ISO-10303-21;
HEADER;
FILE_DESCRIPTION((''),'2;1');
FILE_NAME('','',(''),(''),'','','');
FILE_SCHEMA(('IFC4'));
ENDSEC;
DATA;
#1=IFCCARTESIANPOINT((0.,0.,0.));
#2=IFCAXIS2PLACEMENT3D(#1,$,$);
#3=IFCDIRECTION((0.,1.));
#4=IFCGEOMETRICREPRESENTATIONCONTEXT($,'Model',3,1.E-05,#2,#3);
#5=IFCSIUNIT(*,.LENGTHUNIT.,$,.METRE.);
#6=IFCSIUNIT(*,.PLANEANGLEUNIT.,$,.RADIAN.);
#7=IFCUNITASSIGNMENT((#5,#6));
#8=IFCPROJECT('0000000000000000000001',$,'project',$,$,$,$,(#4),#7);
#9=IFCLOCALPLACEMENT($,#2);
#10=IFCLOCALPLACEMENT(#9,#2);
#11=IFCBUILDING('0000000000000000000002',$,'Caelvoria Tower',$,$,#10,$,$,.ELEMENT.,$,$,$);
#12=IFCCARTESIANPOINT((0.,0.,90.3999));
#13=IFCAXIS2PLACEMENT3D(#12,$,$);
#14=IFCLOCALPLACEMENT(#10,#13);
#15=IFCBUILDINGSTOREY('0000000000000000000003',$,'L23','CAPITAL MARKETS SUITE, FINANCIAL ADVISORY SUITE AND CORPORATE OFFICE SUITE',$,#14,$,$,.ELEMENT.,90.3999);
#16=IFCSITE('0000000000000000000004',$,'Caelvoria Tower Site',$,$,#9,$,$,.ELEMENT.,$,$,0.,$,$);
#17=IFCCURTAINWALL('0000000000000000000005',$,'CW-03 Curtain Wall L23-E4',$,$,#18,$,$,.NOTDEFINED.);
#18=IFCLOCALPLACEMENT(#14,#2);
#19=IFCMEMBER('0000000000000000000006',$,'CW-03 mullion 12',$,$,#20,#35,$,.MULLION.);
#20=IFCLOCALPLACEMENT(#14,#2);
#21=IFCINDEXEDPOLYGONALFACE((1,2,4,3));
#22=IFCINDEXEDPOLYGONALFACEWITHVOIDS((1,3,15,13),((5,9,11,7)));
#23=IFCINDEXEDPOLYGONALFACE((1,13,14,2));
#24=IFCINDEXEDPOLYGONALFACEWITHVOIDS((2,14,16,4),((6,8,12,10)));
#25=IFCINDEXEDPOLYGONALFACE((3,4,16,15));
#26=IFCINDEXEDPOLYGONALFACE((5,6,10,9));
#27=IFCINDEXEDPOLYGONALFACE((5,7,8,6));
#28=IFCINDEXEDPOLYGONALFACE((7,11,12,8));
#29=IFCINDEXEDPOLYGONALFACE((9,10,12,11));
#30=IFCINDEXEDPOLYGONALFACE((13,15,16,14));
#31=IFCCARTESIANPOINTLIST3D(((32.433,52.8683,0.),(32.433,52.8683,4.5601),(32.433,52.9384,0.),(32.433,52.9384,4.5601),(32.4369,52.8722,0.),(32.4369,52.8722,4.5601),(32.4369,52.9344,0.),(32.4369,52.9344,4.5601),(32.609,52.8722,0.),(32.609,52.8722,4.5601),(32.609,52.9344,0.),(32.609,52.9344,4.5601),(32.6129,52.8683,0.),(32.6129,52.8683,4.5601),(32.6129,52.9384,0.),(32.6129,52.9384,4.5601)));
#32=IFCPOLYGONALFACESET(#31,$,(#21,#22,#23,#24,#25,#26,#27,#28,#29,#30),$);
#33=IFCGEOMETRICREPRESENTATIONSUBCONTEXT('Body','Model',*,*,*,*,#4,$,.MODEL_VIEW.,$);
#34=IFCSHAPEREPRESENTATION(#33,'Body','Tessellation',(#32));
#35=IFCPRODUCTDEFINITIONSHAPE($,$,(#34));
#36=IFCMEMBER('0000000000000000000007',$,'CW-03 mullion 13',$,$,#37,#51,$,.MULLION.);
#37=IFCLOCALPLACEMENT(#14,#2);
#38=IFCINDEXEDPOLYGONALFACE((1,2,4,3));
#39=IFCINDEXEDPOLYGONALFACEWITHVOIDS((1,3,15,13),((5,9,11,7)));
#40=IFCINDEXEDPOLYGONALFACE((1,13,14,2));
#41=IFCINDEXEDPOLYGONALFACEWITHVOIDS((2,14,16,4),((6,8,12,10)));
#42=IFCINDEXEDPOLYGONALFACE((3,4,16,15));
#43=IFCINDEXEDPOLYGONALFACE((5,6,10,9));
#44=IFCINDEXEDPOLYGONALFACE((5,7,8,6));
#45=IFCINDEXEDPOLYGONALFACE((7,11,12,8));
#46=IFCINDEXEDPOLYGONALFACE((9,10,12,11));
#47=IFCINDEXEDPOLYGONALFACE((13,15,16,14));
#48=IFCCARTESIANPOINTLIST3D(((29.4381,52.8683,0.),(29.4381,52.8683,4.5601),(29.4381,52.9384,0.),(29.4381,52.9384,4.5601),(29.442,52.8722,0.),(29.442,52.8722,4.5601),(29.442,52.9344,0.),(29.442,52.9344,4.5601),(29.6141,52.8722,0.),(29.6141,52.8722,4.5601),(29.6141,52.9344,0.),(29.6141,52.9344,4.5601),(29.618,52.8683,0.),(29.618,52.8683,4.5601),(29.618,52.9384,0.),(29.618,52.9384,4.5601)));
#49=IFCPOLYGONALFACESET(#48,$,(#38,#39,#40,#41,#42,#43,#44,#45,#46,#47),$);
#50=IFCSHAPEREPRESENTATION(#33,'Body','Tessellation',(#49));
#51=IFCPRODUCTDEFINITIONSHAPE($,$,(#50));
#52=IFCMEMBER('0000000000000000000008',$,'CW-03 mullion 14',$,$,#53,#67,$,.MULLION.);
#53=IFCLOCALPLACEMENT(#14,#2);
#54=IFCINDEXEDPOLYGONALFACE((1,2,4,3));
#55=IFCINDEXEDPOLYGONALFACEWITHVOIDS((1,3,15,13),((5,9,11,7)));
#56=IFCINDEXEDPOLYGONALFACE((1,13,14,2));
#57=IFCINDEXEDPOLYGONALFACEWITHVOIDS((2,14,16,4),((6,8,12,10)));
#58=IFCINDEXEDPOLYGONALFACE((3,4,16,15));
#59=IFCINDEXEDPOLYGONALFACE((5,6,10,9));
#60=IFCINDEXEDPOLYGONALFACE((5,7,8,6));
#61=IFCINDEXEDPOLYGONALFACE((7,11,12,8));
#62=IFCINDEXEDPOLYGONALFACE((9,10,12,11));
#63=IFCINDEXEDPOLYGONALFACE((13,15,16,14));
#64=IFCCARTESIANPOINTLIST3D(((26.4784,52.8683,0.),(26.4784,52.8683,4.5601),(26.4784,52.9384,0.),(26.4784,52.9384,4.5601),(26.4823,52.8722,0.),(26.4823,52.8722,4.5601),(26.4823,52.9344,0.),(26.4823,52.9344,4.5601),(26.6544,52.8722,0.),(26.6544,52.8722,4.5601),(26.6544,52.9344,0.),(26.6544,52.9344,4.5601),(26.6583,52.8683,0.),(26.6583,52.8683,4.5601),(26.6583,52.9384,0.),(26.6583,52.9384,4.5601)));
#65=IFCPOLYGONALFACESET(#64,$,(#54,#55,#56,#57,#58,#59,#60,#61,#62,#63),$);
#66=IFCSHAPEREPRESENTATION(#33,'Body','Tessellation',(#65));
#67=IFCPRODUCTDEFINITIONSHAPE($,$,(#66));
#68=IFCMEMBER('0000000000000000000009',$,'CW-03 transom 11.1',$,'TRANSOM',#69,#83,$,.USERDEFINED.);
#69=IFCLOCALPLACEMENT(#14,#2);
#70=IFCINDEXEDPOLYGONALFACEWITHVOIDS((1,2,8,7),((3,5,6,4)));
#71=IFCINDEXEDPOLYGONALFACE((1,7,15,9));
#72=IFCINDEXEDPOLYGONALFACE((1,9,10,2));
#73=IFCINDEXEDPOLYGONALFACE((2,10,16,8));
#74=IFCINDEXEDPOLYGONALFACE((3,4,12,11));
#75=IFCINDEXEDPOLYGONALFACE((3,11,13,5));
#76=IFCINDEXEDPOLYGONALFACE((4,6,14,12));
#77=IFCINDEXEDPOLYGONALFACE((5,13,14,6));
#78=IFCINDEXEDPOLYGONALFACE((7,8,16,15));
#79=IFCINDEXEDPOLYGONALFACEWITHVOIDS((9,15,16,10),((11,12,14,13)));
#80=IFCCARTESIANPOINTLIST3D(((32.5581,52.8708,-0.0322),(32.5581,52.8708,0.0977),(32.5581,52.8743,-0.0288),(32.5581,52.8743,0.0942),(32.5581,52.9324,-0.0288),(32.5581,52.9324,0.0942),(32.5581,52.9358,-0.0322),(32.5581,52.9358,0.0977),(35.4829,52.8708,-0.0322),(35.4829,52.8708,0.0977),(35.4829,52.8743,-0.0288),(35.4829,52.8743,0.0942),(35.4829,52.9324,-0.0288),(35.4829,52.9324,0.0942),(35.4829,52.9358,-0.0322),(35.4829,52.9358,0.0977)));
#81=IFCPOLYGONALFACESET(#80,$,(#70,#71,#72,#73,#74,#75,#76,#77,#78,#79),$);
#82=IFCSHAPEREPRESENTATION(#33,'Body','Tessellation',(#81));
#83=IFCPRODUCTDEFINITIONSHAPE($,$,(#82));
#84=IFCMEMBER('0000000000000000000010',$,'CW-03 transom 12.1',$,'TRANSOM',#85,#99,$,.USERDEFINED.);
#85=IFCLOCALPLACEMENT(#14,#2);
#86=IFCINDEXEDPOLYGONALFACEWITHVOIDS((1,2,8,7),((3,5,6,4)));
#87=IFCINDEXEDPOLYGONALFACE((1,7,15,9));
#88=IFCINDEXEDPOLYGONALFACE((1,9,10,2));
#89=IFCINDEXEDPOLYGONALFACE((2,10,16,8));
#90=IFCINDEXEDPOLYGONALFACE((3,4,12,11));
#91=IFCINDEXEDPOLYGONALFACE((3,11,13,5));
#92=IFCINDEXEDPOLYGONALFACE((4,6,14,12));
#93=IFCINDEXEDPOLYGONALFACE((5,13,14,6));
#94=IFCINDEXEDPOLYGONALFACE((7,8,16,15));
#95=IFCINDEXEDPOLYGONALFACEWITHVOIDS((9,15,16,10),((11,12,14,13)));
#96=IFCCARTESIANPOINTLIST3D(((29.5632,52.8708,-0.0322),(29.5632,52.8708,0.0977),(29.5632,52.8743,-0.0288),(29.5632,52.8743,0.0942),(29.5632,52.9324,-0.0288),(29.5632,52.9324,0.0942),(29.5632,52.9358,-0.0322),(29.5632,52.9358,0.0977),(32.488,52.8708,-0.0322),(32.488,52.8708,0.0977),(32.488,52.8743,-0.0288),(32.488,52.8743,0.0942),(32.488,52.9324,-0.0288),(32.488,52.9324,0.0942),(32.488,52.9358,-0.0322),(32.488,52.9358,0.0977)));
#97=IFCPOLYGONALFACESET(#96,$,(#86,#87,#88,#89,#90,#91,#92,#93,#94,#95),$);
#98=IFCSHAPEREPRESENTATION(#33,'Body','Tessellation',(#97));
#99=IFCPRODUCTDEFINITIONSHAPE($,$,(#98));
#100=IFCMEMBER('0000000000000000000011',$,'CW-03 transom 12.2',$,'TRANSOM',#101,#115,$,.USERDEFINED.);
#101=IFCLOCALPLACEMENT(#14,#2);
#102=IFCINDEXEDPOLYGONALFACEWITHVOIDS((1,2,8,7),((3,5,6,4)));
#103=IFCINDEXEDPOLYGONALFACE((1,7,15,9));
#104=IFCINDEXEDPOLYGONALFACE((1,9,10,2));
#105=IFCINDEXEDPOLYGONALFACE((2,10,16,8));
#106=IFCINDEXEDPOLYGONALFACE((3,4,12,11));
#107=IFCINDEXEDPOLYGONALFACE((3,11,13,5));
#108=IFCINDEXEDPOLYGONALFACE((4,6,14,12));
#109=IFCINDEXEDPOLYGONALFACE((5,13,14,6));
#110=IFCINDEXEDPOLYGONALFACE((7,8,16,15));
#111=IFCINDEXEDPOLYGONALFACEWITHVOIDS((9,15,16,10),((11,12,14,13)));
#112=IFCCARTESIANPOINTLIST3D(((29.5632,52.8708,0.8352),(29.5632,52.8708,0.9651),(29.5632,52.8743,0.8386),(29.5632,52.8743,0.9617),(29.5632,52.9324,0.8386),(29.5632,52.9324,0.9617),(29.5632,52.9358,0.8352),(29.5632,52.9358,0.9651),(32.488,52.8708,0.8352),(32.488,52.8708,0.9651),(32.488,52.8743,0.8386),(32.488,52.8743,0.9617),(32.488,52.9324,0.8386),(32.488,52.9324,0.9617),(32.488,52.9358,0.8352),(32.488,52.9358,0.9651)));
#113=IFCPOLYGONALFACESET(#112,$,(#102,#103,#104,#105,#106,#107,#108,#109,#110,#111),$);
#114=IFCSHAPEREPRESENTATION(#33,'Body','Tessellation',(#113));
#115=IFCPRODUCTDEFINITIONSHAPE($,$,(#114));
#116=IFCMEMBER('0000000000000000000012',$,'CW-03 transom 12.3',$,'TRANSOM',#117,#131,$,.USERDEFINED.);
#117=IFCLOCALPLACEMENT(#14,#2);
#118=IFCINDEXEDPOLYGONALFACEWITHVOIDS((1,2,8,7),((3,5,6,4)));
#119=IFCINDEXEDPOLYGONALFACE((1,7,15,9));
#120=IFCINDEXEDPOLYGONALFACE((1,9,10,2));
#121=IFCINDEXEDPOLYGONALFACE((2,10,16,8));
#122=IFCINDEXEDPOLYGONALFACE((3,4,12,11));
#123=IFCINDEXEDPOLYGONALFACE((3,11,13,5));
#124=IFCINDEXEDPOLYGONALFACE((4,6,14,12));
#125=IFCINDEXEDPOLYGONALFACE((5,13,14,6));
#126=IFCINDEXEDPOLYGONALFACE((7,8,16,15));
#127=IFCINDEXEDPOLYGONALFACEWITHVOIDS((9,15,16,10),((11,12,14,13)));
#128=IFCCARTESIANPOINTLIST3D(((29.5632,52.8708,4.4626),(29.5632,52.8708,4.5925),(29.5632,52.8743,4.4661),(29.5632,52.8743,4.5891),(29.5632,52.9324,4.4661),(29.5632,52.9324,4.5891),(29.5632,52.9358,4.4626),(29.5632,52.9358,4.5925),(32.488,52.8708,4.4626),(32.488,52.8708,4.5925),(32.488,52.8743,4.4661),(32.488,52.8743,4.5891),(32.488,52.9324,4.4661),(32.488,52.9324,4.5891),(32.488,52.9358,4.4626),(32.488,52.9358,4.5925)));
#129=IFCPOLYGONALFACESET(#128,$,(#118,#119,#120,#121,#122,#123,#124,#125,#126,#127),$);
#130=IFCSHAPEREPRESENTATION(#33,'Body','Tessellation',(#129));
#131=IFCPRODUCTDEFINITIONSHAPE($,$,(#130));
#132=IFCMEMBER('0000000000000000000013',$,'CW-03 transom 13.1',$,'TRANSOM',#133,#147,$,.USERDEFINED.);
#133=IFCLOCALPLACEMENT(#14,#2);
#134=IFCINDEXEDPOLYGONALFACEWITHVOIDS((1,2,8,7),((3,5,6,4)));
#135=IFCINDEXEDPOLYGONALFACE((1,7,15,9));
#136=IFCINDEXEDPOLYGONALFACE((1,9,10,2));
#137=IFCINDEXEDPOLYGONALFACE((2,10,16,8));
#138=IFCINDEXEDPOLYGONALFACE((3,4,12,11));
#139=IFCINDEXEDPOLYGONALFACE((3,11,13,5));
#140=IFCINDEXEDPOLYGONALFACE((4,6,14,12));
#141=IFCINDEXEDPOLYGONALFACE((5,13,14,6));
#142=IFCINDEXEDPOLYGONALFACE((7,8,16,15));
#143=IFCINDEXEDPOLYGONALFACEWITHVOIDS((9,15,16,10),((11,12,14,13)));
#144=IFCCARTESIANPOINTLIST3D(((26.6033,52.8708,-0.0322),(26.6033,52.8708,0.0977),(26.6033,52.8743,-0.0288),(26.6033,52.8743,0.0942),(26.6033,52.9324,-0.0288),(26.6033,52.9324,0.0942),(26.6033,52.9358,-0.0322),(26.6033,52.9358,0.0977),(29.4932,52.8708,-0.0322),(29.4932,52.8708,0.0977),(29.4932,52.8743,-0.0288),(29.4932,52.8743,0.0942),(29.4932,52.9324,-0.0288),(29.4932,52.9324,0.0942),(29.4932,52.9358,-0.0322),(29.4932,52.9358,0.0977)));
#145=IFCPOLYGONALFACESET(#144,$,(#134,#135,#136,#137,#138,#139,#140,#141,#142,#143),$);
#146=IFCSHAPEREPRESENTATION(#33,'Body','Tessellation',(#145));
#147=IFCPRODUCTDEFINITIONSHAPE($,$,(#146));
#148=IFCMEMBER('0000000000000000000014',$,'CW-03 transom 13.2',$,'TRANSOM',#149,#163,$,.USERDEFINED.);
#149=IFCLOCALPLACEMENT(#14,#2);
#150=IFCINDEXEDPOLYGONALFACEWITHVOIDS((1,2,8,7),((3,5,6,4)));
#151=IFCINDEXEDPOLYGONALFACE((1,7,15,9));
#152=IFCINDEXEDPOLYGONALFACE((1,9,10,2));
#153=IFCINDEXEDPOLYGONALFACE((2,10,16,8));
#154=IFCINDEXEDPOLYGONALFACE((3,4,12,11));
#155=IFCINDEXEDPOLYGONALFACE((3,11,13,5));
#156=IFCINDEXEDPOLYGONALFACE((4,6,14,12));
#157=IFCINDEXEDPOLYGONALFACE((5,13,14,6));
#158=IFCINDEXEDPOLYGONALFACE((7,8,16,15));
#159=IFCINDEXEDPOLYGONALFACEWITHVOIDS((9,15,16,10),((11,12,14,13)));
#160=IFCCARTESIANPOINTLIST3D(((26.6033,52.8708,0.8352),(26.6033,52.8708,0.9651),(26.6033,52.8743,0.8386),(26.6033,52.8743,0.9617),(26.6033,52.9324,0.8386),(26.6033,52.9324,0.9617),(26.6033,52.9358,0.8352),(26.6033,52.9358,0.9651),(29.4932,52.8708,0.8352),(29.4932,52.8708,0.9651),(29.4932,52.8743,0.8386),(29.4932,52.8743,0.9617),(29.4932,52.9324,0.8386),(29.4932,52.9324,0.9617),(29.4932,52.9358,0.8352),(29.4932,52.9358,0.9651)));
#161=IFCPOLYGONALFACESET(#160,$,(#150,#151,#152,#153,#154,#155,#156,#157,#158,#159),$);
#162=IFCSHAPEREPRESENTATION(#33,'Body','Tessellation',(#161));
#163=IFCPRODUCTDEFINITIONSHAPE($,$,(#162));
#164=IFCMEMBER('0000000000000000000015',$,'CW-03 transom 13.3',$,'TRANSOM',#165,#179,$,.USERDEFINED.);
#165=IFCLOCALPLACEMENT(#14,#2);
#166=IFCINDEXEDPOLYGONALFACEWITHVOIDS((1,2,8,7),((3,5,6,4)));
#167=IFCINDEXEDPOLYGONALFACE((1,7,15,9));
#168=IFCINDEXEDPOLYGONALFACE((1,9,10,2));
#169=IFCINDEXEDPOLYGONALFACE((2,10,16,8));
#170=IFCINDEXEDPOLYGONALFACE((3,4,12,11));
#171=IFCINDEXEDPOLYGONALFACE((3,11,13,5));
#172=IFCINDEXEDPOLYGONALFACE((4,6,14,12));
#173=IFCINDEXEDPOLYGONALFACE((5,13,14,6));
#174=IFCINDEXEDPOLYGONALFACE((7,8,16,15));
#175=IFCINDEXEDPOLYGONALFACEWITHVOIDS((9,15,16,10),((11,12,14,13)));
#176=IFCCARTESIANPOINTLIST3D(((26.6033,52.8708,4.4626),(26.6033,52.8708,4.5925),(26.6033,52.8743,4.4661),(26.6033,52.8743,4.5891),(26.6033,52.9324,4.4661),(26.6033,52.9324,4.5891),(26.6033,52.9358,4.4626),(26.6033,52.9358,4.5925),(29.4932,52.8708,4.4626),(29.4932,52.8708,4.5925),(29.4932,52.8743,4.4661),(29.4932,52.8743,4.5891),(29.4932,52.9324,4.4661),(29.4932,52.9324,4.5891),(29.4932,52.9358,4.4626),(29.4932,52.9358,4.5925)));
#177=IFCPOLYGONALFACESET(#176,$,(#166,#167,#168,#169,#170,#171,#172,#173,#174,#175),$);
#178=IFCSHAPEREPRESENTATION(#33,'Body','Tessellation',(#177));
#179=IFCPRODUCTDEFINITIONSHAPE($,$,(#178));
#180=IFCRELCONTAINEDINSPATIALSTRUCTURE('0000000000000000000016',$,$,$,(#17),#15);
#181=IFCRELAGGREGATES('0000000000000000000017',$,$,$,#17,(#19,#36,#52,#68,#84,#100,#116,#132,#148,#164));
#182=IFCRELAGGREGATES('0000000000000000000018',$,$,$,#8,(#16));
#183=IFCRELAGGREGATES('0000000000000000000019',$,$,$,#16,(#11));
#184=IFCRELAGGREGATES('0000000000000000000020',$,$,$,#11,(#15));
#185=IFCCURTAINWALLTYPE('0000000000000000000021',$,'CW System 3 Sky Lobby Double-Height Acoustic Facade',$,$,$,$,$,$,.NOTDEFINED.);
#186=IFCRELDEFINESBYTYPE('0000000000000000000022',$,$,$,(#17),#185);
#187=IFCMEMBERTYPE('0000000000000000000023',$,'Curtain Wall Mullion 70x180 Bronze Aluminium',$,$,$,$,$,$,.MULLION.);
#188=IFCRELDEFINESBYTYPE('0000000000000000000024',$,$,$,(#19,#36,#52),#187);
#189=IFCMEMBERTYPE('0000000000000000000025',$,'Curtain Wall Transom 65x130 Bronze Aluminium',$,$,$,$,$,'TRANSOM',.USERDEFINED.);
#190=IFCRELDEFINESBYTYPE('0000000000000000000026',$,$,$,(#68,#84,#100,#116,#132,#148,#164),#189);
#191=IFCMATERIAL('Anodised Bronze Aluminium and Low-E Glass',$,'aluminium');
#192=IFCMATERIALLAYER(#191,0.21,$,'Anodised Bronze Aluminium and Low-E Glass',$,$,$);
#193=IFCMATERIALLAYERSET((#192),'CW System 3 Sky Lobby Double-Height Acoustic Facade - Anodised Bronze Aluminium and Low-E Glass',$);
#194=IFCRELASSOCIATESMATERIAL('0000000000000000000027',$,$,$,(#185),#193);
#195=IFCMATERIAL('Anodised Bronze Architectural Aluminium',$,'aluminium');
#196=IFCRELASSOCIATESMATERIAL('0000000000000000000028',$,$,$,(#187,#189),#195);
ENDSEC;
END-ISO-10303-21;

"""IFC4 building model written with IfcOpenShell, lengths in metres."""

from ifc_helpers import new_model, si_unit, direction, frame, origin, origin_2d, place, context, subcontext, project, spatial, hollow_rectangle, extrude, material, layer, layer_set, material_profile, profile_set, type_object, element, aggregate, save


model = new_model("IFC4")

# Units and contexts
model_context = context("Model", 3, precision=1e-05, world=origin(), true_north=direction((0.0, 1.0)))
body_context = subcontext(model_context, "Body", "Model", "MODEL_VIEW")
ifc_project = project(units=[si_unit("LENGTHUNIT", "METRE"), si_unit("PLANEANGLEUNIT", "RADIAN")], contexts=[model_context])

# Site, building, storey
site_placement = place(None, origin())
site = spatial("IfcSite", under=ifc_project, at=site_placement, Name="Caelvoria Tower Site", CompositionType="ELEMENT", RefElevation=0.0)
building_placement = place(site_placement, origin())
building = spatial("IfcBuilding", under=site, at=building_placement, Name="Caelvoria Tower", CompositionType="ELEMENT")
storey_placement = place(building_placement, frame((0.0, 0.0, 90.3999)))
storey = spatial("IfcBuildingStorey", under=building, at=storey_placement, Name="L23", Description="CAPITAL MARKETS SUITE, FINANCIAL ADVISORY SUITE AND CORPORATE OFFICE SUITE", CompositionType="ELEMENT", Elevation=90.3999)

# Curtain wall, members
ifc_material_1 = material(Name="Anodised Bronze Aluminium and Low-E Glass", Category="aluminium")
ifc_layer_1 = layer(ifc_material_1, 0.21, Name="Anodised Bronze Aluminium and Low-E Glass")
ifc_layer_set_1 = layer_set([ifc_layer_1], Name="CW System 3 Sky Lobby Double-Height Acoustic Facade - Anodised Bronze Aluminium and Low-E Glass")
curtain_wall_type = type_object("IfcCurtainWallType", Name="CW System 3 Sky Lobby Double-Height Acoustic Facade", PredefinedType="NOTDEFINED", material=ifc_layer_set_1)
curtain_wall_placement = place(storey_placement, origin())
curtain_wall = element("IfcCurtainWall", 1, at=curtain_wall_placement, inside=storey, type_object=curtain_wall_type, Name="CW-03 Curtain Wall L23-E4", PredefinedType="NOTDEFINED")
ifc_material_2 = material(Name="Anodised Bronze Architectural Aluminium", Category="aluminium")
ifc_material_profile_1 = material_profile(ifc_material_2, hollow_rectangle(XDim=0.0701, YDim=0.1799, WallThickness=0.0039, at=origin_2d()), Name="Anodised Bronze Architectural Aluminium")
ifc_profile_set_1 = profile_set([ifc_material_profile_1], Name="CW_MULL_70X180 - Anodised Bronze Architectural Aluminium")
member_type_1 = type_object("IfcMemberType", Name="Curtain Wall Mullion 70x180 Bronze Aluminium", PredefinedType="MULLION", material=ifc_profile_set_1)
member_1_placement = place(storey_placement, frame((32.5229, 52.9033, 0.0), z_axis=(0.0, 0.0, 1.0), x_axis=(0.0, -1.0, 0.0)))
member_1 = element("IfcMember", 2, at=member_1_placement, type_object=member_type_1, Name="CW-03 mullion 12", PredefinedType="MULLION", context=body_context, shape_type="SweptSolid", body=[
    extrude(hollow_rectangle(XDim=0.0701, YDim=0.1799, WallThickness=0.0039, at=origin_2d()), origin(), (0.0, 0.0, 1.0), 4.5601),
])
member_2_placement = place(storey_placement, frame((29.5281, 52.9033, 0.0), z_axis=(0.0, 0.0, 1.0), x_axis=(0.0, -1.0, 0.0)))
member_2 = element("IfcMember", 3, at=member_2_placement, type_object=member_type_1, Name="CW-03 mullion 13", PredefinedType="MULLION", context=body_context, shape_type="SweptSolid", body=[
    extrude(hollow_rectangle(XDim=0.0701, YDim=0.1799, WallThickness=0.0039, at=origin_2d()), origin(), (0.0, 0.0, 1.0), 4.5601),
])
member_3_placement = place(storey_placement, frame((26.5684, 52.9033, 0.0), z_axis=(0.0, 0.0, 1.0), x_axis=(0.0, -1.0, 0.0)))
member_3 = element("IfcMember", 4, at=member_3_placement, type_object=member_type_1, Name="CW-03 mullion 14", PredefinedType="MULLION", context=body_context, shape_type="SweptSolid", body=[
    extrude(hollow_rectangle(XDim=0.0701, YDim=0.1799, WallThickness=0.0039, at=origin_2d()), origin(), (0.0, 0.0, 1.0), 4.5601),
])
ifc_material_profile_2 = material_profile(ifc_material_2, hollow_rectangle(XDim=0.0649, YDim=0.1299, WallThickness=0.0034, at=origin_2d()), Name="Anodised Bronze Architectural Aluminium")
ifc_profile_set_2 = profile_set([ifc_material_profile_2], Name="CW_TRAN_65X130 - Anodised Bronze Architectural Aluminium")
member_type_2 = type_object("IfcMemberType", Name="Curtain Wall Transom 65x130 Bronze Aluminium", ElementType="TRANSOM", PredefinedType="USERDEFINED", material=ifc_profile_set_2)
member_4_placement = place(storey_placement, frame((35.4829, 52.9033, 0.0327), z_axis=(-1.0, 0.0, 0.0), x_axis=(0.0, -1.0, 0.0)))
member_4 = element("IfcMember", 5, at=member_4_placement, type_object=member_type_2, Name="CW-03 transom 11.1", ObjectType="TRANSOM", PredefinedType="USERDEFINED", context=body_context, shape_type="SweptSolid", body=[
    extrude(hollow_rectangle(XDim=0.0649, YDim=0.1299, WallThickness=0.0034, at=origin_2d()), origin(), (0.0, 0.0, 1.0), 2.9248),
])
member_5_placement = place(storey_placement, frame((32.488, 52.9033, 0.0327), z_axis=(-1.0, 0.0, 0.0), x_axis=(0.0, -1.0, 0.0)))
member_5 = element("IfcMember", 6, at=member_5_placement, type_object=member_type_2, Name="CW-03 transom 12.1", ObjectType="TRANSOM", PredefinedType="USERDEFINED", context=body_context, shape_type="SweptSolid", body=[
    extrude(hollow_rectangle(XDim=0.0649, YDim=0.1299, WallThickness=0.0034, at=origin_2d()), origin(), (0.0, 0.0, 1.0), 2.9248),
])
member_6_placement = place(storey_placement, frame((32.488, 52.9033, 0.9001), z_axis=(-1.0, 0.0, 0.0), x_axis=(0.0, -1.0, 0.0)))
member_6 = element("IfcMember", 7, at=member_6_placement, type_object=member_type_2, Name="CW-03 transom 12.2", ObjectType="TRANSOM", PredefinedType="USERDEFINED", context=body_context, shape_type="SweptSolid", body=[
    extrude(hollow_rectangle(XDim=0.0649, YDim=0.1299, WallThickness=0.0034, at=origin_2d()), origin(), (0.0, 0.0, 1.0), 2.9248),
])
member_7_placement = place(storey_placement, frame((32.488, 52.9033, 4.5276), z_axis=(-1.0, 0.0, 0.0), x_axis=(0.0, -1.0, 0.0)))
member_7 = element("IfcMember", 8, at=member_7_placement, type_object=member_type_2, Name="CW-03 transom 12.3", ObjectType="TRANSOM", PredefinedType="USERDEFINED", context=body_context, shape_type="SweptSolid", body=[
    extrude(hollow_rectangle(XDim=0.0649, YDim=0.1299, WallThickness=0.0034, at=origin_2d()), origin(), (0.0, 0.0, 1.0), 2.9248),
])
member_8_placement = place(storey_placement, frame((29.4932, 52.9033, 0.0327), z_axis=(-1.0, 0.0, 0.0), x_axis=(0.0, -1.0, 0.0)))
member_8 = element("IfcMember", 9, at=member_8_placement, type_object=member_type_2, Name="CW-03 transom 13.1", ObjectType="TRANSOM", PredefinedType="USERDEFINED", context=body_context, shape_type="SweptSolid", body=[
    extrude(hollow_rectangle(XDim=0.0649, YDim=0.1299, WallThickness=0.0034, at=origin_2d()), origin(), (0.0, 0.0, 1.0), 2.8899),
])
member_9_placement = place(storey_placement, frame((29.4932, 52.9033, 0.9001), z_axis=(-1.0, 0.0, 0.0), x_axis=(0.0, -1.0, 0.0)))
member_9 = element("IfcMember", 10, at=member_9_placement, type_object=member_type_2, Name="CW-03 transom 13.2", ObjectType="TRANSOM", PredefinedType="USERDEFINED", context=body_context, shape_type="SweptSolid", body=[
    extrude(hollow_rectangle(XDim=0.0649, YDim=0.1299, WallThickness=0.0034, at=origin_2d()), origin(), (0.0, 0.0, 1.0), 2.8899),
])
member_10_placement = place(storey_placement, frame((29.4932, 52.9033, 4.5276), z_axis=(-1.0, 0.0, 0.0), x_axis=(0.0, -1.0, 0.0)))
member_10 = element("IfcMember", 11, at=member_10_placement, type_object=member_type_2, Name="CW-03 transom 13.3", ObjectType="TRANSOM", PredefinedType="USERDEFINED", context=body_context, shape_type="SweptSolid", body=[
    extrude(hollow_rectangle(XDim=0.0649, YDim=0.1299, WallThickness=0.0034, at=origin_2d()), origin(), (0.0, 0.0, 1.0), 2.8899),
])

aggregate(curtain_wall, [member_1, member_2, member_3, member_4, member_5, member_6, member_7, member_8, member_9, member_10])

save(model, "model.ifc")
